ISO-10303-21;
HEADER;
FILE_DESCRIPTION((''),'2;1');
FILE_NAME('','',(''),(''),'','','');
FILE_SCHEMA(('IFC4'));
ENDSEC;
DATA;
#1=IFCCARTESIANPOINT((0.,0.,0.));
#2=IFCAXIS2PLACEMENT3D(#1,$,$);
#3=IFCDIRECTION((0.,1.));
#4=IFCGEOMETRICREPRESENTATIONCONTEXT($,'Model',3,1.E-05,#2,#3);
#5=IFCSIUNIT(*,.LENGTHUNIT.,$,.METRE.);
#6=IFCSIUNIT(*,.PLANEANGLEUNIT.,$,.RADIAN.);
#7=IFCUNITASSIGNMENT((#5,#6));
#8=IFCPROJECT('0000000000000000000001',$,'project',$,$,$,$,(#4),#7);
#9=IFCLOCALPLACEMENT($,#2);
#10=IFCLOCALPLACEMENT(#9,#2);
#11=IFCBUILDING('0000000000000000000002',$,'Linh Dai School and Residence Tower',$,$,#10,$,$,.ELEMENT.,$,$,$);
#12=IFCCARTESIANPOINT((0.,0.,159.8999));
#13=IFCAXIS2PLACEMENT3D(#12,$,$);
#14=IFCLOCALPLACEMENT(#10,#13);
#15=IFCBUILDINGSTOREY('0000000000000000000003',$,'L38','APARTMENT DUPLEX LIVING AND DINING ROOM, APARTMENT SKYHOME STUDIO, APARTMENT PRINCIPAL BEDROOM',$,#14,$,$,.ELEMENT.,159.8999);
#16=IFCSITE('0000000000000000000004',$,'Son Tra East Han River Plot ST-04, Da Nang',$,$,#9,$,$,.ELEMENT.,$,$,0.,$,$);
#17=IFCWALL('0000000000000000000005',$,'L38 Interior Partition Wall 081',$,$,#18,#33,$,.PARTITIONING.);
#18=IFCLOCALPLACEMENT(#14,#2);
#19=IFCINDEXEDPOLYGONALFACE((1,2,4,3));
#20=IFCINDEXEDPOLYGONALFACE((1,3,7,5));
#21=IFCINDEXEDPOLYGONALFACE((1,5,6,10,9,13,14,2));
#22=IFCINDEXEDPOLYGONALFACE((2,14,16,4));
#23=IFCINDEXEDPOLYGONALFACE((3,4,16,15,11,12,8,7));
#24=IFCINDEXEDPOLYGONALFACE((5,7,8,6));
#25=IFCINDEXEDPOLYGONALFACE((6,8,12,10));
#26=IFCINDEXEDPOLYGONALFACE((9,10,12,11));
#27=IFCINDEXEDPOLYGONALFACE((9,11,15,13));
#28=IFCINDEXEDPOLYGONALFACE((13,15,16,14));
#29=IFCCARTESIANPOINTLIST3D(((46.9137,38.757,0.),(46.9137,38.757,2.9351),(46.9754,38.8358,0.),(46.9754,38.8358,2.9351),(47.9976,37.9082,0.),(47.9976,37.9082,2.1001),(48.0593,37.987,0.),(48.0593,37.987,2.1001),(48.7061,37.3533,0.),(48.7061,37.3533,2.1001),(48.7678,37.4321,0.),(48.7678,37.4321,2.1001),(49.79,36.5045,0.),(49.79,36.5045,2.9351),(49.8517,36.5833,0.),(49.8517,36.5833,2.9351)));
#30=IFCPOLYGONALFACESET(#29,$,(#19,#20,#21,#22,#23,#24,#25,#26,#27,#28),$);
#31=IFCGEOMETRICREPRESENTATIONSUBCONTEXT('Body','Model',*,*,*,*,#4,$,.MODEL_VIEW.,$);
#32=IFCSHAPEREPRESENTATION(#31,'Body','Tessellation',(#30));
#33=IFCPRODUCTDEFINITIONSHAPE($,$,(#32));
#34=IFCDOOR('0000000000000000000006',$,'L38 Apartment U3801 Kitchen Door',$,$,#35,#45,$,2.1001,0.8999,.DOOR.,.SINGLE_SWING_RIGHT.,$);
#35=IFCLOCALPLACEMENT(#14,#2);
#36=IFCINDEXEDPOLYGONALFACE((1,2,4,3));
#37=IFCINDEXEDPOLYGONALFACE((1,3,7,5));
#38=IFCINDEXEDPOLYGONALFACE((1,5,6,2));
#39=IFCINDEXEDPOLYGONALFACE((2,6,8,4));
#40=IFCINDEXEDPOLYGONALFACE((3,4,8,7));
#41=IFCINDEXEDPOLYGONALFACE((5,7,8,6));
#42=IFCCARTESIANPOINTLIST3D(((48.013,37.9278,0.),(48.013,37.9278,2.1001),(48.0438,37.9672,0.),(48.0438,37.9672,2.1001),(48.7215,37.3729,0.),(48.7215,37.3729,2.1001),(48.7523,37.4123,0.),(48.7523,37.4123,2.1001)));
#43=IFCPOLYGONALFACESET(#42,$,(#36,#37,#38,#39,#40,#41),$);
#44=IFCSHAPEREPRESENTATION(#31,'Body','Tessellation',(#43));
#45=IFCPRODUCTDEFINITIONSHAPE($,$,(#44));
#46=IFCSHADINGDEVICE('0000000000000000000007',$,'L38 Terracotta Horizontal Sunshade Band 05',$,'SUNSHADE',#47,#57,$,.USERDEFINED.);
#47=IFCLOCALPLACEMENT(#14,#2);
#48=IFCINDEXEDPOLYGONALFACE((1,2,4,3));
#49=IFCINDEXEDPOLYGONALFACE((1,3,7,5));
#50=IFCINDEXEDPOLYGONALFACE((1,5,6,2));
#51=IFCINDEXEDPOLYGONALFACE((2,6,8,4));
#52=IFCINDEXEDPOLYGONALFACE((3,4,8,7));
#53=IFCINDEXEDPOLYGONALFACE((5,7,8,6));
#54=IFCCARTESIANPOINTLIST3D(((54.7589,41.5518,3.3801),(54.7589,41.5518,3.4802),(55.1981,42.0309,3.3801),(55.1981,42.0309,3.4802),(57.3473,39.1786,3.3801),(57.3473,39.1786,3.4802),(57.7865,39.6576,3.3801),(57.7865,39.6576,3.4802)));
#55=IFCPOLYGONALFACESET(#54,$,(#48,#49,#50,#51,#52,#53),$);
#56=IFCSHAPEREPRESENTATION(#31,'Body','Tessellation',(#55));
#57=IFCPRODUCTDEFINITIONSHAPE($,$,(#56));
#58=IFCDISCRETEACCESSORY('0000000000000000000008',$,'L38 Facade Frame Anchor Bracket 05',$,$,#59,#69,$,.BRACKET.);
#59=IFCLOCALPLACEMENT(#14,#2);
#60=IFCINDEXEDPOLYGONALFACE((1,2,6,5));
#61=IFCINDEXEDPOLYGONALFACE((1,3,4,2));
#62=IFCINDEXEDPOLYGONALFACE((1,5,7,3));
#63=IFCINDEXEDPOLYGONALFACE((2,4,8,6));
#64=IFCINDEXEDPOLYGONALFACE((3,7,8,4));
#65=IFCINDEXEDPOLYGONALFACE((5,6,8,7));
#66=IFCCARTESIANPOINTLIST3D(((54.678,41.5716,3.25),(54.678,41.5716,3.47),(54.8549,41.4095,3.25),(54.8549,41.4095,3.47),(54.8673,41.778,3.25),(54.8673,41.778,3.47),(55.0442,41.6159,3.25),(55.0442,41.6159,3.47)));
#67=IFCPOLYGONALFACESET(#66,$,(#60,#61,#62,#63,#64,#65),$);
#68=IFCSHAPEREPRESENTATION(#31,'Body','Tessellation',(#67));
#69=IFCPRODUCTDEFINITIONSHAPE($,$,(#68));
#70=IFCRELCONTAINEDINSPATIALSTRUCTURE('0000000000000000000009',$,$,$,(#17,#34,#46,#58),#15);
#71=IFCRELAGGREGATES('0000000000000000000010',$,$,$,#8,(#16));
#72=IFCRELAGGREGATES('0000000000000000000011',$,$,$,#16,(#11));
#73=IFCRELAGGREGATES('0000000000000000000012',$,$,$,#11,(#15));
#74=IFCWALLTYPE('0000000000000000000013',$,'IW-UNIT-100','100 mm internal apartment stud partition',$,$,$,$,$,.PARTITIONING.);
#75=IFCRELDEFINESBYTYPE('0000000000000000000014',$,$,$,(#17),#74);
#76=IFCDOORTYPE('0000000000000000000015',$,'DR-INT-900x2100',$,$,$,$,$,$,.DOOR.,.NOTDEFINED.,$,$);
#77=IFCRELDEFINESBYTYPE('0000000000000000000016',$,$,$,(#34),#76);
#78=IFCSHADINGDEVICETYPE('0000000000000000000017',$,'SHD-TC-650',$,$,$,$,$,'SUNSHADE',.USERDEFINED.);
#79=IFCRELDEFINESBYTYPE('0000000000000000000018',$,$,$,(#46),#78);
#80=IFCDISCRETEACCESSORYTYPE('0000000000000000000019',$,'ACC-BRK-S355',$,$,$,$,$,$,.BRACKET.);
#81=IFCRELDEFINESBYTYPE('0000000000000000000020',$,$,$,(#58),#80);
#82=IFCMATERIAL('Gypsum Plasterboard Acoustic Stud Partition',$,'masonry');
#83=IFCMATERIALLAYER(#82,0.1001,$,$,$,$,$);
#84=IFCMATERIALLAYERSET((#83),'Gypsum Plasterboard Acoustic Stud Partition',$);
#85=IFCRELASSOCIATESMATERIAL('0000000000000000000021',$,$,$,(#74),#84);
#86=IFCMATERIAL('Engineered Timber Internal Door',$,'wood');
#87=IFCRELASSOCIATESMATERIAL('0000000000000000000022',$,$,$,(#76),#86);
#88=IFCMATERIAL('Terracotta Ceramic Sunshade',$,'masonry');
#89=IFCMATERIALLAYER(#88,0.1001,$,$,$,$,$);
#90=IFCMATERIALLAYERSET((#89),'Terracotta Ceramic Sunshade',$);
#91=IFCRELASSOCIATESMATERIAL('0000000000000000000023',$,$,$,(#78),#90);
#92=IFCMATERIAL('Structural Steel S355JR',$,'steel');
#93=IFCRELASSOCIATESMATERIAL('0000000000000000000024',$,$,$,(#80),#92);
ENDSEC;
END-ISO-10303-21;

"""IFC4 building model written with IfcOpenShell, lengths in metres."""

from ifc_helpers import new_model, si_unit, direction, frame, frame_2d, origin, origin_2d, place, context, subcontext, project, spatial, rectangle, extrude, source, transform, mapped, material, layer, layer_set, type_object, element, fill, save


model = new_model("IFC4")

# Units and contexts
model_context = context("Model", 3, precision=1e-05, world=origin(), true_north=direction((0.0, 1.0)))
body_context = subcontext(model_context, "Body", "Model", "MODEL_VIEW")
ifc_project = project(units=[si_unit("LENGTHUNIT", "METRE"), si_unit("PLANEANGLEUNIT", "RADIAN")], contexts=[model_context])

# Site, building, storey
site_placement = place(None, origin())
site = spatial("IfcSite", under=ifc_project, at=site_placement, Name="Son Tra East Han River Plot ST-04, Da Nang", CompositionType="ELEMENT", RefElevation=0.0)
building_placement = place(site_placement, origin())
building = spatial("IfcBuilding", under=site, at=building_placement, Name="Linh Dai School and Residence Tower", CompositionType="ELEMENT")
storey_placement = place(building_placement, frame((0.0, 0.0, 159.8999)))
storey = spatial("IfcBuildingStorey", under=building, at=storey_placement, Name="L38", Description="APARTMENT DUPLEX LIVING AND DINING ROOM, APARTMENT SKYHOME STUDIO, APARTMENT PRINCIPAL BEDROOM", CompositionType="ELEMENT", Elevation=159.8999)

# Shared definitions
ifc_material_1 = material(Name="Structural Steel S355JR", Category="steel")

# Wall, opening, door
ifc_material_2 = material(Name="Gypsum Plasterboard Acoustic Stud Partition", Category="masonry")
ifc_layer_1 = layer(ifc_material_2, 0.1001)
ifc_layer_set_1 = layer_set([ifc_layer_1], Name="Gypsum Plasterboard Acoustic Stud Partition")
wall_type_1 = type_object("IfcWallType", Name="IW-UNIT-100", Description="100 mm internal apartment stud partition", PredefinedType="PARTITIONING", material=ifc_layer_set_1)
wall_1_placement = place(storey_placement, frame((46.9446, 38.7964, 0.0), z_axis=(0.0, 0.0, 1.0), x_axis=(0.787308, -0.616561, 0.0)))
wall_1 = element("IfcWall", 1, at=wall_1_placement, inside=storey, type_object=wall_type_1, Name="L38 Interior Partition Wall 081", PredefinedType="PARTITIONING", context=body_context, shape_type="SweptSolid", body=[
    extrude(rectangle(XDim=3.6533, YDim=0.1001, at=frame_2d((1.8267, 0.0))), origin(), (0.0, 0.0, 1.0), 2.9351),
])
opening_1_placement = place(wall_1_placement, frame((1.3767, 0.0, 0.0)))
opening_1 = element("IfcOpeningElement", 2, at=opening_1_placement, cuts=wall_1, PredefinedType="OPENING", context=body_context, shape_type="SweptSolid", body=[
    extrude(rectangle(XDim=0.8999, YDim=2.1001, at=origin_2d()), frame((0.45, 0.0601, 1.05), z_axis=(0.0, -1.0, 0.0), x_axis=(1.0, 0.0, 0.0)), (0.0, 0.0, 1.0), 0.1201),
])
ifc_material_3 = material(Name="Engineered Timber Internal Door", Category="wood")
door_type_1 = type_object("IfcDoorType", Name="DR-INT-900x2100", OperationType="NOTDEFINED", PredefinedType="DOOR", material=ifc_material_3)
shared_shape_1 = source(origin(), body_context, "Body", "SweptSolid", [
    extrude(rectangle(XDim=0.8999, YDim=2.1001, at=origin_2d()), frame((0.45, 0.0249, 1.05), z_axis=(0.0, -1.0, 0.0), x_axis=(1.0, 0.0, 0.0)), (0.0, 0.0, 1.0), 0.05),
])
door_1_placement = place(opening_1_placement, origin())
door_1 = element("IfcDoor", 3, at=door_1_placement, inside=storey, type_object=door_type_1, Name="L38 Apartment U3801 Kitchen Door", OperationType="SINGLE_SWING_RIGHT", OverallHeight=2.1001, OverallWidth=0.8999, PredefinedType="DOOR", context=body_context, shape_type="MappedRepresentation", body=[
    mapped(shared_shape_1, transform((0.0, 0.0, 0.0), x_axis=(1.0, 0.0, 0.0), y_axis=(0.0, 1.0, 0.0), z_axis=(0.0, 0.0, 1.0), scale=1.0)),
])
fill(opening_1, door_1)

# Shading device
ifc_material_4 = material(Name="Terracotta Ceramic Sunshade", Category="masonry")
ifc_layer_2 = layer(ifc_material_4, 0.1001)
ifc_layer_set_2 = layer_set([ifc_layer_2], Name="Terracotta Ceramic Sunshade")
shading_device_type = type_object("IfcShadingDeviceType", Name="SHD-TC-650", ElementType="SUNSHADE", PredefinedType="USERDEFINED", material=ifc_layer_set_2)
shared_shape_2 = source(origin(), body_context, "Body", "SweptSolid", [
    extrude(rectangle(XDim=3.5117, YDim=0.6499, at=origin_2d()), origin(), (0.0, 0.0, 1.0), 0.1001),
])
shading_device_placement = place(storey_placement, frame((56.2727, 40.6047, 3.3801), z_axis=(0.0, 0.0, 1.0), x_axis=(0.737085, -0.6758, 0.0)))
element("IfcShadingDevice", 4, at=shading_device_placement, inside=storey, type_object=shading_device_type, Name="L38 Terracotta Horizontal Sunshade Band 05", ObjectType="SUNSHADE", PredefinedType="USERDEFINED", context=body_context, shape_type="MappedRepresentation", body=[
    mapped(shared_shape_2, transform((0.0, 0.0, 0.0), x_axis=(1.0, 0.0, 0.0), y_axis=(0.0, 1.0, 0.0), z_axis=(0.0, 0.0, 1.0), scale=1.0)),
])

# Discrete accessory
discrete_accessory_type = type_object("IfcDiscreteAccessoryType", Name="ACC-BRK-S355", PredefinedType="BRACKET", material=ifc_material_1)
shared_shape_3 = source(origin(), body_context, "Body", "SweptSolid", [
    extrude(rectangle(XDim=0.28, YDim=0.24, at=origin_2d()), origin(), (0.0, 0.0, 1.0), 0.22),
])
discrete_accessory_placement = place(storey_placement, frame((54.8611, 41.5938, 3.25), z_axis=(0.0, 0.0, 1.0), x_axis=(0.6758, 0.737085, 0.0)))
element("IfcDiscreteAccessory", 5, at=discrete_accessory_placement, inside=storey, type_object=discrete_accessory_type, Name="L38 Facade Frame Anchor Bracket 05", PredefinedType="BRACKET", context=body_context, shape_type="MappedRepresentation", body=[
    mapped(shared_shape_3, transform((0.0, 0.0, 0.0), x_axis=(1.0, 0.0, 0.0), y_axis=(0.0, 1.0, 0.0), z_axis=(0.0, 0.0, 1.0), scale=1.0)),
])

save(model, "model.ifc")
